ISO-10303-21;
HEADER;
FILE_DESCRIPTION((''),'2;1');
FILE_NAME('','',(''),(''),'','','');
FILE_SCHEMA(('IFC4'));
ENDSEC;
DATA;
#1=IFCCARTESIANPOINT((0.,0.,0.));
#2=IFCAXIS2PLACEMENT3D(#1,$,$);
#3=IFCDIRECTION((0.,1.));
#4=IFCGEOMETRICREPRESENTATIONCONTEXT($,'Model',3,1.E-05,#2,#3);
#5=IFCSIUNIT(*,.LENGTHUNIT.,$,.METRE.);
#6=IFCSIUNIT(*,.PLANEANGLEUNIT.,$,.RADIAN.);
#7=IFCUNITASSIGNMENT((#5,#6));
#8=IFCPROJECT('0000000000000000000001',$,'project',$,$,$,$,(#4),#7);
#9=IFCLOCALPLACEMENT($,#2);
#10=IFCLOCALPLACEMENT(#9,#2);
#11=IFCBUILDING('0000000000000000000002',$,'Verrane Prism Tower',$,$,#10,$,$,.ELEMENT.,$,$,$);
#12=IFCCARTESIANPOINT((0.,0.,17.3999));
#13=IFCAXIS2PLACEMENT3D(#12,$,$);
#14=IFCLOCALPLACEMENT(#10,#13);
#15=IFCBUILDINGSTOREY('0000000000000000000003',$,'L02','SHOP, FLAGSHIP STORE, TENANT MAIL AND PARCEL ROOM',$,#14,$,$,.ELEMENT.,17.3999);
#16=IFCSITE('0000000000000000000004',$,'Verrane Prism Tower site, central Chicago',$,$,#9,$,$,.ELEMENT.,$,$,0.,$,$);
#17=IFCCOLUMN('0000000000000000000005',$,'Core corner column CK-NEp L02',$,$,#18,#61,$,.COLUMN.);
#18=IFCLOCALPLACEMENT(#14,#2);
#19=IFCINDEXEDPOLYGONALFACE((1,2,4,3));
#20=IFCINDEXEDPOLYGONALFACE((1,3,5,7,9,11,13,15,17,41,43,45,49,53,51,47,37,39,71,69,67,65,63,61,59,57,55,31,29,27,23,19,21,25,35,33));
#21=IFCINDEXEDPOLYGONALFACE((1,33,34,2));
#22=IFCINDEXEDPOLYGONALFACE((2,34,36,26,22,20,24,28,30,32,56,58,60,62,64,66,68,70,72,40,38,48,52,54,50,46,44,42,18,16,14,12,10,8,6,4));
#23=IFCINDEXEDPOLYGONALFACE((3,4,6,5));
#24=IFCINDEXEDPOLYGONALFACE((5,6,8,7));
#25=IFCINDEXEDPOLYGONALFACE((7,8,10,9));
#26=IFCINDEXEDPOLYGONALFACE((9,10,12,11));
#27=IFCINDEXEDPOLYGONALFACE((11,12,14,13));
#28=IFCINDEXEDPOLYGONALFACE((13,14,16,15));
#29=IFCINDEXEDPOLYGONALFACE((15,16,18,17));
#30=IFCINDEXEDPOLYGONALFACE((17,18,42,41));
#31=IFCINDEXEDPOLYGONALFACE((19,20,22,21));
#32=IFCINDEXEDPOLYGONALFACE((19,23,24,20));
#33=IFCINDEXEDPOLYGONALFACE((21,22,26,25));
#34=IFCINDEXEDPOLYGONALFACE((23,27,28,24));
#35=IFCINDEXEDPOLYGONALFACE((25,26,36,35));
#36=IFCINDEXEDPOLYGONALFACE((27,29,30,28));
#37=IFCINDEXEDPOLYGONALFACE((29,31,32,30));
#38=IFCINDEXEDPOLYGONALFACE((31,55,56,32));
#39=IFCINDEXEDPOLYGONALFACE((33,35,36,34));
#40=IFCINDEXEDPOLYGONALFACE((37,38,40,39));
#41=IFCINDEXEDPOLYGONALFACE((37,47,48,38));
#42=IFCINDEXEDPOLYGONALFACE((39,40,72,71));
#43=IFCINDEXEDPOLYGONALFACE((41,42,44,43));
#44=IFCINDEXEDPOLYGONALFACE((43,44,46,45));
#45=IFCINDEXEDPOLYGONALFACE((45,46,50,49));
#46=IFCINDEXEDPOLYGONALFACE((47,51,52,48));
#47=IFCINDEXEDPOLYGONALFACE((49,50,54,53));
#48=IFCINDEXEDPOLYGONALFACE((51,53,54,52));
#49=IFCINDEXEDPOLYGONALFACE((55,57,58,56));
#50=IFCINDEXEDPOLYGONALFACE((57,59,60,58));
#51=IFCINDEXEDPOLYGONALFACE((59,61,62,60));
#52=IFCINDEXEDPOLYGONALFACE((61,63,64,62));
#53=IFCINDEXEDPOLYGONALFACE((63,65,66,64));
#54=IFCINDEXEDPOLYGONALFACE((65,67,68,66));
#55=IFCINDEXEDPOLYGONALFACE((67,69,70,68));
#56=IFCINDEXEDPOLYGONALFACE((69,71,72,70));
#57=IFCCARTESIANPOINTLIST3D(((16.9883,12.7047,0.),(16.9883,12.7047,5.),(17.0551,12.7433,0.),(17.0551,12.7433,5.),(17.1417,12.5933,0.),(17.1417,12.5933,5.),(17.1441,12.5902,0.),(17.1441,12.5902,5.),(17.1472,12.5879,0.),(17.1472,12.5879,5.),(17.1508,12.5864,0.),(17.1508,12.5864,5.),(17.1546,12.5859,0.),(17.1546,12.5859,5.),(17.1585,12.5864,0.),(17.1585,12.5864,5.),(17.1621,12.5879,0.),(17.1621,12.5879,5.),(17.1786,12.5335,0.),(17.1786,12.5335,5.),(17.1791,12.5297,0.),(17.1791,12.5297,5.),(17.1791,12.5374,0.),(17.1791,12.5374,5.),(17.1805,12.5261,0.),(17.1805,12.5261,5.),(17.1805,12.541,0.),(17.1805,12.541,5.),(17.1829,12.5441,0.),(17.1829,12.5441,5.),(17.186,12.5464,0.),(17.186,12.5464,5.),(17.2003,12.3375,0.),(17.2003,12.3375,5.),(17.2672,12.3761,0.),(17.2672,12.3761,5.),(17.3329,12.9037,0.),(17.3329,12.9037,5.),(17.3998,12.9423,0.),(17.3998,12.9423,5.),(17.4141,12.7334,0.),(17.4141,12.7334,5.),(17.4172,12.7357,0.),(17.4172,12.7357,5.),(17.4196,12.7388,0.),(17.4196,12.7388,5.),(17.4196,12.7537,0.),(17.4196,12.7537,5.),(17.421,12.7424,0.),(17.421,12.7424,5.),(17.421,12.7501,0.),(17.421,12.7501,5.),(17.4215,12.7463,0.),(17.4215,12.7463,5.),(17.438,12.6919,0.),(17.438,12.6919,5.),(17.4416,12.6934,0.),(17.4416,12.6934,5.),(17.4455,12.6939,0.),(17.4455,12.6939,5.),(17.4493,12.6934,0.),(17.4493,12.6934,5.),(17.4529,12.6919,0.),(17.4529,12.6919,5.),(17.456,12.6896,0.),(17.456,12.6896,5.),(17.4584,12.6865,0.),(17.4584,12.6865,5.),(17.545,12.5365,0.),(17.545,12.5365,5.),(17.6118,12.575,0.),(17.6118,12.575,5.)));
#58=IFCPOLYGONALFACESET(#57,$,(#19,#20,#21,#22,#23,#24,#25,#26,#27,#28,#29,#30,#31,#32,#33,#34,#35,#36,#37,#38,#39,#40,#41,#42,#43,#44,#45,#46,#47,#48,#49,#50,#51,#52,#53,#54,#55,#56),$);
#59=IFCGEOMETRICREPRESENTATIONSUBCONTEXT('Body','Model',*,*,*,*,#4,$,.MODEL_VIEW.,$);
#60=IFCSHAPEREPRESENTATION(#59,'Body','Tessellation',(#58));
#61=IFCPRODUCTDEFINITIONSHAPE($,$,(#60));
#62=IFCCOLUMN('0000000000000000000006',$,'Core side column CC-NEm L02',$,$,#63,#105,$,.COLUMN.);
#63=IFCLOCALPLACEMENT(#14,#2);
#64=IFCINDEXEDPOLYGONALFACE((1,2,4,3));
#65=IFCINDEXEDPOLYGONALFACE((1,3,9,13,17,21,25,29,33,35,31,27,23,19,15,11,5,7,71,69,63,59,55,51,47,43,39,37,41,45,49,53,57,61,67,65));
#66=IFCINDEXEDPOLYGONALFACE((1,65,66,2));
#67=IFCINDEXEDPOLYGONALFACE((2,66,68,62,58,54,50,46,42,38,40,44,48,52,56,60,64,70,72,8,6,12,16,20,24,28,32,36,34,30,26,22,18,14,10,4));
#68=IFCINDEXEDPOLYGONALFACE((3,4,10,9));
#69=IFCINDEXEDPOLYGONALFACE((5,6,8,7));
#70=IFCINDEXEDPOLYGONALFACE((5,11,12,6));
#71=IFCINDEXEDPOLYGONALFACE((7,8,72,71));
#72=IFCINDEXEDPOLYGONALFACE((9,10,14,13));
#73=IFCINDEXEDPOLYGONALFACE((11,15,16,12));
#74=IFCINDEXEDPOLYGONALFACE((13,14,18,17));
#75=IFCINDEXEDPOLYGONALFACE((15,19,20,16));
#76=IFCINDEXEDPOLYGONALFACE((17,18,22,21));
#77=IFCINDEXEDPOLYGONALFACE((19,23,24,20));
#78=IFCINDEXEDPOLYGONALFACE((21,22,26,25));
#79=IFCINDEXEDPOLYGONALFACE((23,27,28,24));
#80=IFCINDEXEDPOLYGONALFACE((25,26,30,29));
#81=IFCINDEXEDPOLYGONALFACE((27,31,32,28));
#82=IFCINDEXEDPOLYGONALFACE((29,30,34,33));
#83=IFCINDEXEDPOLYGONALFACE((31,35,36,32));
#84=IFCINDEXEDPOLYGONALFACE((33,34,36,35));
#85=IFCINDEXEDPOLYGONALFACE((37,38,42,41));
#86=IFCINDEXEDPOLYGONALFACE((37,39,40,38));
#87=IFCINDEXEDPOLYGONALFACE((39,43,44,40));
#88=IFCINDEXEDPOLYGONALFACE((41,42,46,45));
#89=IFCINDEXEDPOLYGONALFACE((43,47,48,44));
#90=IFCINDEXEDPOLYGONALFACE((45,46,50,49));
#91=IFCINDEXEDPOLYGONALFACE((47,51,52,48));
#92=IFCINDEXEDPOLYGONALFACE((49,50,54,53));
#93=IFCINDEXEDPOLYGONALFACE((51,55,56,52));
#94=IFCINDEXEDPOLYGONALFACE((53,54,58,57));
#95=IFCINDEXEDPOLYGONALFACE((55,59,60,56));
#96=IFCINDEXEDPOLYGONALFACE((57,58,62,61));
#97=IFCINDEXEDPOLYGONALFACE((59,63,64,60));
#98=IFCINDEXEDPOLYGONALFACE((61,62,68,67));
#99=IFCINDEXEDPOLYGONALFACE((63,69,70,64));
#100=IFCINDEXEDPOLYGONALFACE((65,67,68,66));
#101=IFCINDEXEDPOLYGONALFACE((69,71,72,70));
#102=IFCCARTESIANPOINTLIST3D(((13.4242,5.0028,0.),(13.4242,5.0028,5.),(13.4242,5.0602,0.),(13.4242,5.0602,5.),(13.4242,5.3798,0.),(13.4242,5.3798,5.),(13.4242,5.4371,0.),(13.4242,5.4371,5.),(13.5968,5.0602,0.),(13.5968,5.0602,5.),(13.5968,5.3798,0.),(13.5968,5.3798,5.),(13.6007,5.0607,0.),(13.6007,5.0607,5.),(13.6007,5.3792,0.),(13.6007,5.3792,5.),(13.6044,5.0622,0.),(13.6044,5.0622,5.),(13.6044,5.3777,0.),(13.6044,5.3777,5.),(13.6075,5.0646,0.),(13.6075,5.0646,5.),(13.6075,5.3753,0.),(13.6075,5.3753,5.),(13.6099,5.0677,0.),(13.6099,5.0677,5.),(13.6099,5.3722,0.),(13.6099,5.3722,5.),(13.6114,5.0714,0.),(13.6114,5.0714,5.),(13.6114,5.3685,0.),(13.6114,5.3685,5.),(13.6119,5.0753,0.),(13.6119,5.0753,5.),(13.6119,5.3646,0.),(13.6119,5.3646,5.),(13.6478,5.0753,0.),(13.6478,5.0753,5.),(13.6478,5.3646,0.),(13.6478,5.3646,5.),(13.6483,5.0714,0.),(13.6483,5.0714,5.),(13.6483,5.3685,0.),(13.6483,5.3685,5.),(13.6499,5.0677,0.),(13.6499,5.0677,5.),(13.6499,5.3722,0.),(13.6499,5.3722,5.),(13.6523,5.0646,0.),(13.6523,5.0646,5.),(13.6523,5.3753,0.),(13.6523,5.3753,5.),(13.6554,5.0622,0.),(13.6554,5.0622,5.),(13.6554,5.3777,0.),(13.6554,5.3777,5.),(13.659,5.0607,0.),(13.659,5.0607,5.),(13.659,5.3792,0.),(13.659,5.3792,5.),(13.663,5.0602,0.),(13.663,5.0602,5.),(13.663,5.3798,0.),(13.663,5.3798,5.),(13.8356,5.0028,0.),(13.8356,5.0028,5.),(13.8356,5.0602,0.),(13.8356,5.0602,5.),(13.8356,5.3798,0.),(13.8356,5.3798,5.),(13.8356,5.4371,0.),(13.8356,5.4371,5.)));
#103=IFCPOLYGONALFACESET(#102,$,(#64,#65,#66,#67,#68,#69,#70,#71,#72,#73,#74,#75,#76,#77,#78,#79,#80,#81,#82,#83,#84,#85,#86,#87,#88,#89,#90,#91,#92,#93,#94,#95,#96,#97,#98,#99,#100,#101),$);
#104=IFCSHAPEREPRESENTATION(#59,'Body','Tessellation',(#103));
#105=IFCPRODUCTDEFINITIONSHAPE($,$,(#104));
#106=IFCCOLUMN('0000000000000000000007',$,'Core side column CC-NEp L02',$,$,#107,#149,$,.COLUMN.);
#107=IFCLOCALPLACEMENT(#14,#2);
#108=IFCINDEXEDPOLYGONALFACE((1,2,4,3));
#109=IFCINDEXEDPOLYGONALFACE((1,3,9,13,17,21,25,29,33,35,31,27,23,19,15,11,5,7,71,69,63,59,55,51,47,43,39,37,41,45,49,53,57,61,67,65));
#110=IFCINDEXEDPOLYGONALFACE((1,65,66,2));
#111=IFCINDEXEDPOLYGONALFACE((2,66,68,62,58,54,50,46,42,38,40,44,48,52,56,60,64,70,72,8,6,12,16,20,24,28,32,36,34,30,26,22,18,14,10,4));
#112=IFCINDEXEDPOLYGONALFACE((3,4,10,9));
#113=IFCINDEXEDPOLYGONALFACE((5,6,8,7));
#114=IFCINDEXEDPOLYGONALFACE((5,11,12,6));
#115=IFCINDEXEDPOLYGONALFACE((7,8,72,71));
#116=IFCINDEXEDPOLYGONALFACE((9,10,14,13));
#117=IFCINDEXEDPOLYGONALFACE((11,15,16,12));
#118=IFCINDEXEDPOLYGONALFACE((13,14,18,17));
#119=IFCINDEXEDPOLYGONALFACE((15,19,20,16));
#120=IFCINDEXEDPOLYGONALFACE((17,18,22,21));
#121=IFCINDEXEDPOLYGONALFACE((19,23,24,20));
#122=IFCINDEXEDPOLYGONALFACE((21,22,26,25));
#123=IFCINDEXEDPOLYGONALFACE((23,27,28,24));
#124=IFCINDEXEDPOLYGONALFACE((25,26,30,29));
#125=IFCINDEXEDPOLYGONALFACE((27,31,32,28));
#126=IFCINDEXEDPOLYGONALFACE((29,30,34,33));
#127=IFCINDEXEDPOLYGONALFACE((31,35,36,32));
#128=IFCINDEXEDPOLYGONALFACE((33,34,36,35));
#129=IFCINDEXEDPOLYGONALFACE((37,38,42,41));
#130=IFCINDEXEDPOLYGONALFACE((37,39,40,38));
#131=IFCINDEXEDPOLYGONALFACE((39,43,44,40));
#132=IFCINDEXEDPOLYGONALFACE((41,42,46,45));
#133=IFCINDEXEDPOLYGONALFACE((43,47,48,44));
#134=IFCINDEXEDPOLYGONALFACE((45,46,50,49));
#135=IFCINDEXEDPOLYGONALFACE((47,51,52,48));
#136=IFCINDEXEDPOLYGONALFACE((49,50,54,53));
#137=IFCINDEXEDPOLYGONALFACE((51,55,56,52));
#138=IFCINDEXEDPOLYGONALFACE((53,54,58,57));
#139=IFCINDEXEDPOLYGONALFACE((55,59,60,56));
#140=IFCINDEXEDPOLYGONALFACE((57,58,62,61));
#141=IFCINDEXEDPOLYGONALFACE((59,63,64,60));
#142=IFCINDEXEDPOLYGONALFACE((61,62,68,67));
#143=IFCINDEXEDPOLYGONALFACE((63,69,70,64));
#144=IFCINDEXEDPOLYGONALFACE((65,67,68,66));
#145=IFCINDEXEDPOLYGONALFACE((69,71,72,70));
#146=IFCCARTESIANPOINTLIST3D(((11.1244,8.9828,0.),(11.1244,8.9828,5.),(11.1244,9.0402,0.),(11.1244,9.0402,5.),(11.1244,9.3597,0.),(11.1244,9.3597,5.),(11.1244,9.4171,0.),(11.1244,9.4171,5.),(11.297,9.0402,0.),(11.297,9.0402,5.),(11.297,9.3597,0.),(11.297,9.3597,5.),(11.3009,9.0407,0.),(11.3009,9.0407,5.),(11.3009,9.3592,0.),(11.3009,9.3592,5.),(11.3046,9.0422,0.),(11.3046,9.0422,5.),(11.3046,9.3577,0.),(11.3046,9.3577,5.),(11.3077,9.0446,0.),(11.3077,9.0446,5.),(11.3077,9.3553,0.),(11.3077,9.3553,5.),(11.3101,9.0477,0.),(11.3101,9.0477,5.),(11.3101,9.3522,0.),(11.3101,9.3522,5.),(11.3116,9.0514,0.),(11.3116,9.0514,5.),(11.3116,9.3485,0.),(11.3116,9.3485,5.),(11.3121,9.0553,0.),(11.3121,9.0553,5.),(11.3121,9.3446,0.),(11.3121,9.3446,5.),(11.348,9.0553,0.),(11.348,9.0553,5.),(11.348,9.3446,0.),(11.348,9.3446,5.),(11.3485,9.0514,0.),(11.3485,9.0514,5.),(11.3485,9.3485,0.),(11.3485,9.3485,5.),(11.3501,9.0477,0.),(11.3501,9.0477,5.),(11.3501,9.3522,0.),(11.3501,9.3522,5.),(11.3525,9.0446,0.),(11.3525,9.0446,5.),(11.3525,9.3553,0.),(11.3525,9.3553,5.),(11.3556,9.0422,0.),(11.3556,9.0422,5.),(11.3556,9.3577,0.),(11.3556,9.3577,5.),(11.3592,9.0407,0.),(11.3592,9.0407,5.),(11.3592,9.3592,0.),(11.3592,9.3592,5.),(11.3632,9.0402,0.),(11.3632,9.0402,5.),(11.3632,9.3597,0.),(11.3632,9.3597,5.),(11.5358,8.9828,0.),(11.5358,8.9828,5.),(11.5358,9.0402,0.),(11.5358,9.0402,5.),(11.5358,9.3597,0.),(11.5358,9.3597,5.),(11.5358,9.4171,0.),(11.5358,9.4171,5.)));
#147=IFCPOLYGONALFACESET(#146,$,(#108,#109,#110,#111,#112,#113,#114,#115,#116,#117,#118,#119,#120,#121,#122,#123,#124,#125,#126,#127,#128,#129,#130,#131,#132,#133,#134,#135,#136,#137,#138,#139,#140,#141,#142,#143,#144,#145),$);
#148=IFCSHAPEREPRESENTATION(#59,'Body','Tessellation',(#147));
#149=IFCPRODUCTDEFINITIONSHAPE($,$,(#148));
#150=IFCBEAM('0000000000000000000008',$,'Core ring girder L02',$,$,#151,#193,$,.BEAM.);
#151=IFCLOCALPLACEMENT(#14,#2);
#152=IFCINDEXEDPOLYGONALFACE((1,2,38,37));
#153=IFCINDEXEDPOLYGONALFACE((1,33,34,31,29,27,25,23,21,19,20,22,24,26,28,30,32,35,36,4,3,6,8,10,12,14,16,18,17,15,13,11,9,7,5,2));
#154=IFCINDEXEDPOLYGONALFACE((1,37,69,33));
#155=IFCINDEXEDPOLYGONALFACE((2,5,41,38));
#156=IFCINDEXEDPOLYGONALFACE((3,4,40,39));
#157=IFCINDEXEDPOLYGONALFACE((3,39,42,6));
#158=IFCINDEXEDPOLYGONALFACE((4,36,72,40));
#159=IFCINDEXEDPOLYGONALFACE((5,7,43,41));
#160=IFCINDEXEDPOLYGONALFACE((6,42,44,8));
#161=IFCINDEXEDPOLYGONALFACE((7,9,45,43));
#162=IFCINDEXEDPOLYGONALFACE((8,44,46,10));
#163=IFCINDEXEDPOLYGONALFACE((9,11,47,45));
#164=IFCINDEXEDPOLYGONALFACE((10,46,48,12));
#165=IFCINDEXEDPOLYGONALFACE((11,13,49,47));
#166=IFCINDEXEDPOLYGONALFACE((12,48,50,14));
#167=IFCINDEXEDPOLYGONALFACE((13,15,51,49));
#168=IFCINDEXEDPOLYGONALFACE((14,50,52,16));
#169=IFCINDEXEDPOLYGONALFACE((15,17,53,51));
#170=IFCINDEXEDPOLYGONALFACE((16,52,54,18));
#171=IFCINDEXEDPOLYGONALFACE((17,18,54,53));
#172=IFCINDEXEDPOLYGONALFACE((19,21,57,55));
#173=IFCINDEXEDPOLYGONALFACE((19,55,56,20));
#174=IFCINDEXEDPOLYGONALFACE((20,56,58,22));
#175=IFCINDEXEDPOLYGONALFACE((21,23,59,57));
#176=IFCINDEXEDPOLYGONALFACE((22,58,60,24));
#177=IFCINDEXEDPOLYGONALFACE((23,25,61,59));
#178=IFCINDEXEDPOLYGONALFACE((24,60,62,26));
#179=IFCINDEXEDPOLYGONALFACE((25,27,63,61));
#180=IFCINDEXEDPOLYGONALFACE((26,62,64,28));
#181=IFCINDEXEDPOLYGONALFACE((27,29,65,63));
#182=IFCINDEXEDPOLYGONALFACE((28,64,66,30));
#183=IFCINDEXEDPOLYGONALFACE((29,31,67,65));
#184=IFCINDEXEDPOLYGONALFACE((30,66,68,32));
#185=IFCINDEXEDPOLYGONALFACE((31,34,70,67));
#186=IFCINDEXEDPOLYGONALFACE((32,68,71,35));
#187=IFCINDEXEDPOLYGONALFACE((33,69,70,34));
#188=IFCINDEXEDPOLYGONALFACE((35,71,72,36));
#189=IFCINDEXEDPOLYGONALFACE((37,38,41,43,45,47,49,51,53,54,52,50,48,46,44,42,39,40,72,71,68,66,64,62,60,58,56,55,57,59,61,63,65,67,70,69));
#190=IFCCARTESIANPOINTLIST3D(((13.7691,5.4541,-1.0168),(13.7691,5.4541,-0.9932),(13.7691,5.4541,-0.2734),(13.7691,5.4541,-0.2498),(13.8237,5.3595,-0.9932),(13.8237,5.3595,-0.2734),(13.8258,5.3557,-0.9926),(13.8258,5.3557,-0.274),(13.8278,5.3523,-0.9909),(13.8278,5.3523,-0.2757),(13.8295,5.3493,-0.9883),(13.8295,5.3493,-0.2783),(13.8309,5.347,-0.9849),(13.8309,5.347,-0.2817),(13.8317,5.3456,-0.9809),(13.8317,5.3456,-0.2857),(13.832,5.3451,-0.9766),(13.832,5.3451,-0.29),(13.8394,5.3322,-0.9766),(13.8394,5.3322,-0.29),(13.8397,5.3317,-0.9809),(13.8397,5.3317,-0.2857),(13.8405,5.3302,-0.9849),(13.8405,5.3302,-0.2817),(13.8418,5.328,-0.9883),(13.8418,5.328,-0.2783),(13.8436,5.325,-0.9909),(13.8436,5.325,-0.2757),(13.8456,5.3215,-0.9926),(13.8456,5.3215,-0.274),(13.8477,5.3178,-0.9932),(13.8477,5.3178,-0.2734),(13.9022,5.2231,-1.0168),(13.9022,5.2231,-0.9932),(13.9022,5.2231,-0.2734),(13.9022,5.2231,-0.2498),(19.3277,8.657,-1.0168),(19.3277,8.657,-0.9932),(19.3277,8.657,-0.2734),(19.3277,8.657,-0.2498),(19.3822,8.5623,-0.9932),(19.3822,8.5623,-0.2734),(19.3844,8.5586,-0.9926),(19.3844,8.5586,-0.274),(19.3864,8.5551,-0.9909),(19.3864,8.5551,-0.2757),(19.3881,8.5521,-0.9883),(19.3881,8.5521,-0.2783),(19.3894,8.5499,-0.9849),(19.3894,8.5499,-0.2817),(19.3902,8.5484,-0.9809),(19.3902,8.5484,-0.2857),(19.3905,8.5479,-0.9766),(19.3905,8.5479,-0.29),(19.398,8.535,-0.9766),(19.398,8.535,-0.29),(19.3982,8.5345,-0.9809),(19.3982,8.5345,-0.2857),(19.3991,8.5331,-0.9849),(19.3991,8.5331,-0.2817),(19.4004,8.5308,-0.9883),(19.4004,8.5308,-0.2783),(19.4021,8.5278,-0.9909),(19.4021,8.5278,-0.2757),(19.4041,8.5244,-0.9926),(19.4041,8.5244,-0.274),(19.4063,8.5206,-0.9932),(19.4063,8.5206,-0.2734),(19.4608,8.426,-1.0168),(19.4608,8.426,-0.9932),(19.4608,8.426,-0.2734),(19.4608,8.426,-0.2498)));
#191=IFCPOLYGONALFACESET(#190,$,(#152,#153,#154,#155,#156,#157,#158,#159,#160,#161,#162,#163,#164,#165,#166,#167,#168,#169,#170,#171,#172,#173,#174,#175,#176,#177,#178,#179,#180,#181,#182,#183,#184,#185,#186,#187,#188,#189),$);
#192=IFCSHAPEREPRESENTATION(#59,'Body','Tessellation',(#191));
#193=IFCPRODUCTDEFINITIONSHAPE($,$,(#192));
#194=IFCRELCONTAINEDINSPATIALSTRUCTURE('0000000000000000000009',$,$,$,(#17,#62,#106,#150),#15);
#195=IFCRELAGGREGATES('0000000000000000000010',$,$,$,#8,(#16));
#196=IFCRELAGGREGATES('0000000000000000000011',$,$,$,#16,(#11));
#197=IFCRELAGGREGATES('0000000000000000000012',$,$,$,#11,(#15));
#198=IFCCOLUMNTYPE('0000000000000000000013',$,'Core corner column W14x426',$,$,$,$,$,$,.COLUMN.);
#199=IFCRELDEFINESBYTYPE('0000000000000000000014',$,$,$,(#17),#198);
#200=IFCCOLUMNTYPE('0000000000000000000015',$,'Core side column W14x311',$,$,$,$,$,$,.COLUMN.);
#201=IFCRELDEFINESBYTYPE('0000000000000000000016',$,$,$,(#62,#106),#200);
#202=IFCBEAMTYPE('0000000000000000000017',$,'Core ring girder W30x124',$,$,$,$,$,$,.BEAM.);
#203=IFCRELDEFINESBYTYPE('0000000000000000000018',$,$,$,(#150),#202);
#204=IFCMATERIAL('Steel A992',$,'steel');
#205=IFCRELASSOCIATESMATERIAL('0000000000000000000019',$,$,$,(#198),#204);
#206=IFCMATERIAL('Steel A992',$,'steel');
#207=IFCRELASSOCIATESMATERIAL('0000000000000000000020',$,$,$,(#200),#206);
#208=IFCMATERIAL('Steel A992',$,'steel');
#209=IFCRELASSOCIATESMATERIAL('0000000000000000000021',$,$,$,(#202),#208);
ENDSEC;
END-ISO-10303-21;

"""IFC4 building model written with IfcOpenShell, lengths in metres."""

from ifc_helpers import new_model, si_unit, direction, frame, origin, origin_2d, place, context, subcontext, project, spatial, i_section, extrude, material, material_profile, profile_set, type_object, element, save


model = new_model("IFC4")

# Units and contexts
model_context = context("Model", 3, precision=1e-05, world=origin(), true_north=direction((0.0, 1.0)))
body_context = subcontext(model_context, "Body", "Model", "MODEL_VIEW")
ifc_project = project(units=[si_unit("LENGTHUNIT", "METRE"), si_unit("PLANEANGLEUNIT", "RADIAN")], contexts=[model_context])

# Site, building, storey
site_placement = place(None, origin())
site = spatial("IfcSite", under=ifc_project, at=site_placement, Name="Verrane Prism Tower site, central Chicago", CompositionType="ELEMENT", RefElevation=0.0)
building_placement = place(site_placement, origin())
building = spatial("IfcBuilding", under=site, at=building_placement, Name="Verrane Prism Tower", CompositionType="ELEMENT")
storey_placement = place(building_placement, frame((0.0, 0.0, 17.3999)))
storey = spatial("IfcBuildingStorey", under=building, at=storey_placement, Name="L02", Description="SHOP, FLAGSHIP STORE, TENANT MAIL AND PARCEL ROOM", CompositionType="ELEMENT", Elevation=17.3999)

# Columns
ifc_material_1 = material(Name="Steel A992", Category="steel")
ifc_material_profile_1 = material_profile(ifc_material_1, i_section(OverallWidth=0.4241, OverallDepth=0.4751, WebThickness=0.0479, FlangeThickness=0.0771, FilletRadius=0.0149, at=origin_2d()), Name="W14x426")
ifc_profile_set_1 = profile_set([ifc_material_profile_1], Name="Steel A992")
column_type_1 = type_object("IfcColumnType", Name="Core corner column W14x426", PredefinedType="COLUMN", material=ifc_profile_set_1)
column_placement = place(storey_placement, frame((17.3, 12.6399, 0.0), z_axis=(0.0, 0.0, 1.0), x_axis=(0.5, -0.866025, 0.0)))
element("IfcColumn", 1, at=column_placement, inside=storey, type_object=column_type_1, Name="Core corner column CK-NEp L02", PredefinedType="COLUMN", context=body_context, shape_type="SweptSolid", body=[
    extrude(i_section(OverallWidth=0.4241, OverallDepth=0.4751, WebThickness=0.0479, FlangeThickness=0.0771, FilletRadius=0.0149, at=origin_2d()), origin(), (0.0, 0.0, 1.0), 5.0),
])
ifc_material_2 = material(Name="Steel A992", Category="steel")
ifc_material_profile_2 = material_profile(ifc_material_2, i_section(OverallWidth=0.4114, OverallDepth=0.4343, WebThickness=0.0359, FlangeThickness=0.0574, FilletRadius=0.0151, at=origin_2d()), Name="W14x311")
ifc_profile_set_2 = profile_set([ifc_material_profile_2], Name="Steel A992")
column_type_2 = type_object("IfcColumnType", Name="Core side column W14x311", PredefinedType="COLUMN", material=ifc_profile_set_2)
for number, where, z_axis, x_axis, name in (
    (2, (13.6299, 5.22, 0.0), (0.0, 0.0, 1.0), (1.0, 0.0, 0.0), "Core side column CC-NEm L02"),
    (3, (11.3301, 9.2, 0.0), (0.0, 0.0, 1.0), (1.0, 0.0, 0.0), "Core side column CC-NEp L02"),
):
    element("IfcColumn", number, at=place(storey_placement, frame(where, z_axis=z_axis, x_axis=x_axis)), inside=storey, type_object=column_type_2, Name=name, PredefinedType="COLUMN", context=body_context, shape_type="SweptSolid", body=[
        extrude(i_section(OverallWidth=0.4114, OverallDepth=0.4343, WebThickness=0.0359, FlangeThickness=0.0574, FilletRadius=0.0151, at=origin_2d()), origin(), (0.0, 0.0, 1.0), 5.0),
    ])

# Beam
ifc_material_3 = material(Name="Steel A992", Category="steel")
ifc_material_profile_3 = material_profile(ifc_material_3, i_section(OverallWidth=0.2666, OverallDepth=0.7671, WebThickness=0.0149, FlangeThickness=0.0237, FilletRadius=0.0166, at=origin_2d()), Name="W30x124")
ifc_profile_set_3 = profile_set([ifc_material_profile_3], Name="Steel A992")
beam_type_1 = type_object("IfcBeamType", Name="Core ring girder W30x124", PredefinedType="BEAM", material=ifc_profile_set_3)
for number, where, z_axis, x_axis, name in (
    (4, (13.8357, 5.3386, -0.6333), (0.866455, 0.499255, 0.0), (-0.499255, 0.866455, 0.0), "Core ring girder L02"),
):
    element("IfcBeam", number, at=place(storey_placement, frame(where, z_axis=z_axis, x_axis=x_axis)), inside=storey, type_object=beam_type_1, Name=name, PredefinedType="BEAM", context=body_context, shape_type="SweptSolid", body=[
        extrude(i_section(OverallWidth=0.2666, OverallDepth=0.7671, WebThickness=0.0149, FlangeThickness=0.0237, FilletRadius=0.0166, at=origin_2d()), origin(), (0.0, 0.0, 1.0), 6.4153),
    ])

save(model, "model.ifc")
